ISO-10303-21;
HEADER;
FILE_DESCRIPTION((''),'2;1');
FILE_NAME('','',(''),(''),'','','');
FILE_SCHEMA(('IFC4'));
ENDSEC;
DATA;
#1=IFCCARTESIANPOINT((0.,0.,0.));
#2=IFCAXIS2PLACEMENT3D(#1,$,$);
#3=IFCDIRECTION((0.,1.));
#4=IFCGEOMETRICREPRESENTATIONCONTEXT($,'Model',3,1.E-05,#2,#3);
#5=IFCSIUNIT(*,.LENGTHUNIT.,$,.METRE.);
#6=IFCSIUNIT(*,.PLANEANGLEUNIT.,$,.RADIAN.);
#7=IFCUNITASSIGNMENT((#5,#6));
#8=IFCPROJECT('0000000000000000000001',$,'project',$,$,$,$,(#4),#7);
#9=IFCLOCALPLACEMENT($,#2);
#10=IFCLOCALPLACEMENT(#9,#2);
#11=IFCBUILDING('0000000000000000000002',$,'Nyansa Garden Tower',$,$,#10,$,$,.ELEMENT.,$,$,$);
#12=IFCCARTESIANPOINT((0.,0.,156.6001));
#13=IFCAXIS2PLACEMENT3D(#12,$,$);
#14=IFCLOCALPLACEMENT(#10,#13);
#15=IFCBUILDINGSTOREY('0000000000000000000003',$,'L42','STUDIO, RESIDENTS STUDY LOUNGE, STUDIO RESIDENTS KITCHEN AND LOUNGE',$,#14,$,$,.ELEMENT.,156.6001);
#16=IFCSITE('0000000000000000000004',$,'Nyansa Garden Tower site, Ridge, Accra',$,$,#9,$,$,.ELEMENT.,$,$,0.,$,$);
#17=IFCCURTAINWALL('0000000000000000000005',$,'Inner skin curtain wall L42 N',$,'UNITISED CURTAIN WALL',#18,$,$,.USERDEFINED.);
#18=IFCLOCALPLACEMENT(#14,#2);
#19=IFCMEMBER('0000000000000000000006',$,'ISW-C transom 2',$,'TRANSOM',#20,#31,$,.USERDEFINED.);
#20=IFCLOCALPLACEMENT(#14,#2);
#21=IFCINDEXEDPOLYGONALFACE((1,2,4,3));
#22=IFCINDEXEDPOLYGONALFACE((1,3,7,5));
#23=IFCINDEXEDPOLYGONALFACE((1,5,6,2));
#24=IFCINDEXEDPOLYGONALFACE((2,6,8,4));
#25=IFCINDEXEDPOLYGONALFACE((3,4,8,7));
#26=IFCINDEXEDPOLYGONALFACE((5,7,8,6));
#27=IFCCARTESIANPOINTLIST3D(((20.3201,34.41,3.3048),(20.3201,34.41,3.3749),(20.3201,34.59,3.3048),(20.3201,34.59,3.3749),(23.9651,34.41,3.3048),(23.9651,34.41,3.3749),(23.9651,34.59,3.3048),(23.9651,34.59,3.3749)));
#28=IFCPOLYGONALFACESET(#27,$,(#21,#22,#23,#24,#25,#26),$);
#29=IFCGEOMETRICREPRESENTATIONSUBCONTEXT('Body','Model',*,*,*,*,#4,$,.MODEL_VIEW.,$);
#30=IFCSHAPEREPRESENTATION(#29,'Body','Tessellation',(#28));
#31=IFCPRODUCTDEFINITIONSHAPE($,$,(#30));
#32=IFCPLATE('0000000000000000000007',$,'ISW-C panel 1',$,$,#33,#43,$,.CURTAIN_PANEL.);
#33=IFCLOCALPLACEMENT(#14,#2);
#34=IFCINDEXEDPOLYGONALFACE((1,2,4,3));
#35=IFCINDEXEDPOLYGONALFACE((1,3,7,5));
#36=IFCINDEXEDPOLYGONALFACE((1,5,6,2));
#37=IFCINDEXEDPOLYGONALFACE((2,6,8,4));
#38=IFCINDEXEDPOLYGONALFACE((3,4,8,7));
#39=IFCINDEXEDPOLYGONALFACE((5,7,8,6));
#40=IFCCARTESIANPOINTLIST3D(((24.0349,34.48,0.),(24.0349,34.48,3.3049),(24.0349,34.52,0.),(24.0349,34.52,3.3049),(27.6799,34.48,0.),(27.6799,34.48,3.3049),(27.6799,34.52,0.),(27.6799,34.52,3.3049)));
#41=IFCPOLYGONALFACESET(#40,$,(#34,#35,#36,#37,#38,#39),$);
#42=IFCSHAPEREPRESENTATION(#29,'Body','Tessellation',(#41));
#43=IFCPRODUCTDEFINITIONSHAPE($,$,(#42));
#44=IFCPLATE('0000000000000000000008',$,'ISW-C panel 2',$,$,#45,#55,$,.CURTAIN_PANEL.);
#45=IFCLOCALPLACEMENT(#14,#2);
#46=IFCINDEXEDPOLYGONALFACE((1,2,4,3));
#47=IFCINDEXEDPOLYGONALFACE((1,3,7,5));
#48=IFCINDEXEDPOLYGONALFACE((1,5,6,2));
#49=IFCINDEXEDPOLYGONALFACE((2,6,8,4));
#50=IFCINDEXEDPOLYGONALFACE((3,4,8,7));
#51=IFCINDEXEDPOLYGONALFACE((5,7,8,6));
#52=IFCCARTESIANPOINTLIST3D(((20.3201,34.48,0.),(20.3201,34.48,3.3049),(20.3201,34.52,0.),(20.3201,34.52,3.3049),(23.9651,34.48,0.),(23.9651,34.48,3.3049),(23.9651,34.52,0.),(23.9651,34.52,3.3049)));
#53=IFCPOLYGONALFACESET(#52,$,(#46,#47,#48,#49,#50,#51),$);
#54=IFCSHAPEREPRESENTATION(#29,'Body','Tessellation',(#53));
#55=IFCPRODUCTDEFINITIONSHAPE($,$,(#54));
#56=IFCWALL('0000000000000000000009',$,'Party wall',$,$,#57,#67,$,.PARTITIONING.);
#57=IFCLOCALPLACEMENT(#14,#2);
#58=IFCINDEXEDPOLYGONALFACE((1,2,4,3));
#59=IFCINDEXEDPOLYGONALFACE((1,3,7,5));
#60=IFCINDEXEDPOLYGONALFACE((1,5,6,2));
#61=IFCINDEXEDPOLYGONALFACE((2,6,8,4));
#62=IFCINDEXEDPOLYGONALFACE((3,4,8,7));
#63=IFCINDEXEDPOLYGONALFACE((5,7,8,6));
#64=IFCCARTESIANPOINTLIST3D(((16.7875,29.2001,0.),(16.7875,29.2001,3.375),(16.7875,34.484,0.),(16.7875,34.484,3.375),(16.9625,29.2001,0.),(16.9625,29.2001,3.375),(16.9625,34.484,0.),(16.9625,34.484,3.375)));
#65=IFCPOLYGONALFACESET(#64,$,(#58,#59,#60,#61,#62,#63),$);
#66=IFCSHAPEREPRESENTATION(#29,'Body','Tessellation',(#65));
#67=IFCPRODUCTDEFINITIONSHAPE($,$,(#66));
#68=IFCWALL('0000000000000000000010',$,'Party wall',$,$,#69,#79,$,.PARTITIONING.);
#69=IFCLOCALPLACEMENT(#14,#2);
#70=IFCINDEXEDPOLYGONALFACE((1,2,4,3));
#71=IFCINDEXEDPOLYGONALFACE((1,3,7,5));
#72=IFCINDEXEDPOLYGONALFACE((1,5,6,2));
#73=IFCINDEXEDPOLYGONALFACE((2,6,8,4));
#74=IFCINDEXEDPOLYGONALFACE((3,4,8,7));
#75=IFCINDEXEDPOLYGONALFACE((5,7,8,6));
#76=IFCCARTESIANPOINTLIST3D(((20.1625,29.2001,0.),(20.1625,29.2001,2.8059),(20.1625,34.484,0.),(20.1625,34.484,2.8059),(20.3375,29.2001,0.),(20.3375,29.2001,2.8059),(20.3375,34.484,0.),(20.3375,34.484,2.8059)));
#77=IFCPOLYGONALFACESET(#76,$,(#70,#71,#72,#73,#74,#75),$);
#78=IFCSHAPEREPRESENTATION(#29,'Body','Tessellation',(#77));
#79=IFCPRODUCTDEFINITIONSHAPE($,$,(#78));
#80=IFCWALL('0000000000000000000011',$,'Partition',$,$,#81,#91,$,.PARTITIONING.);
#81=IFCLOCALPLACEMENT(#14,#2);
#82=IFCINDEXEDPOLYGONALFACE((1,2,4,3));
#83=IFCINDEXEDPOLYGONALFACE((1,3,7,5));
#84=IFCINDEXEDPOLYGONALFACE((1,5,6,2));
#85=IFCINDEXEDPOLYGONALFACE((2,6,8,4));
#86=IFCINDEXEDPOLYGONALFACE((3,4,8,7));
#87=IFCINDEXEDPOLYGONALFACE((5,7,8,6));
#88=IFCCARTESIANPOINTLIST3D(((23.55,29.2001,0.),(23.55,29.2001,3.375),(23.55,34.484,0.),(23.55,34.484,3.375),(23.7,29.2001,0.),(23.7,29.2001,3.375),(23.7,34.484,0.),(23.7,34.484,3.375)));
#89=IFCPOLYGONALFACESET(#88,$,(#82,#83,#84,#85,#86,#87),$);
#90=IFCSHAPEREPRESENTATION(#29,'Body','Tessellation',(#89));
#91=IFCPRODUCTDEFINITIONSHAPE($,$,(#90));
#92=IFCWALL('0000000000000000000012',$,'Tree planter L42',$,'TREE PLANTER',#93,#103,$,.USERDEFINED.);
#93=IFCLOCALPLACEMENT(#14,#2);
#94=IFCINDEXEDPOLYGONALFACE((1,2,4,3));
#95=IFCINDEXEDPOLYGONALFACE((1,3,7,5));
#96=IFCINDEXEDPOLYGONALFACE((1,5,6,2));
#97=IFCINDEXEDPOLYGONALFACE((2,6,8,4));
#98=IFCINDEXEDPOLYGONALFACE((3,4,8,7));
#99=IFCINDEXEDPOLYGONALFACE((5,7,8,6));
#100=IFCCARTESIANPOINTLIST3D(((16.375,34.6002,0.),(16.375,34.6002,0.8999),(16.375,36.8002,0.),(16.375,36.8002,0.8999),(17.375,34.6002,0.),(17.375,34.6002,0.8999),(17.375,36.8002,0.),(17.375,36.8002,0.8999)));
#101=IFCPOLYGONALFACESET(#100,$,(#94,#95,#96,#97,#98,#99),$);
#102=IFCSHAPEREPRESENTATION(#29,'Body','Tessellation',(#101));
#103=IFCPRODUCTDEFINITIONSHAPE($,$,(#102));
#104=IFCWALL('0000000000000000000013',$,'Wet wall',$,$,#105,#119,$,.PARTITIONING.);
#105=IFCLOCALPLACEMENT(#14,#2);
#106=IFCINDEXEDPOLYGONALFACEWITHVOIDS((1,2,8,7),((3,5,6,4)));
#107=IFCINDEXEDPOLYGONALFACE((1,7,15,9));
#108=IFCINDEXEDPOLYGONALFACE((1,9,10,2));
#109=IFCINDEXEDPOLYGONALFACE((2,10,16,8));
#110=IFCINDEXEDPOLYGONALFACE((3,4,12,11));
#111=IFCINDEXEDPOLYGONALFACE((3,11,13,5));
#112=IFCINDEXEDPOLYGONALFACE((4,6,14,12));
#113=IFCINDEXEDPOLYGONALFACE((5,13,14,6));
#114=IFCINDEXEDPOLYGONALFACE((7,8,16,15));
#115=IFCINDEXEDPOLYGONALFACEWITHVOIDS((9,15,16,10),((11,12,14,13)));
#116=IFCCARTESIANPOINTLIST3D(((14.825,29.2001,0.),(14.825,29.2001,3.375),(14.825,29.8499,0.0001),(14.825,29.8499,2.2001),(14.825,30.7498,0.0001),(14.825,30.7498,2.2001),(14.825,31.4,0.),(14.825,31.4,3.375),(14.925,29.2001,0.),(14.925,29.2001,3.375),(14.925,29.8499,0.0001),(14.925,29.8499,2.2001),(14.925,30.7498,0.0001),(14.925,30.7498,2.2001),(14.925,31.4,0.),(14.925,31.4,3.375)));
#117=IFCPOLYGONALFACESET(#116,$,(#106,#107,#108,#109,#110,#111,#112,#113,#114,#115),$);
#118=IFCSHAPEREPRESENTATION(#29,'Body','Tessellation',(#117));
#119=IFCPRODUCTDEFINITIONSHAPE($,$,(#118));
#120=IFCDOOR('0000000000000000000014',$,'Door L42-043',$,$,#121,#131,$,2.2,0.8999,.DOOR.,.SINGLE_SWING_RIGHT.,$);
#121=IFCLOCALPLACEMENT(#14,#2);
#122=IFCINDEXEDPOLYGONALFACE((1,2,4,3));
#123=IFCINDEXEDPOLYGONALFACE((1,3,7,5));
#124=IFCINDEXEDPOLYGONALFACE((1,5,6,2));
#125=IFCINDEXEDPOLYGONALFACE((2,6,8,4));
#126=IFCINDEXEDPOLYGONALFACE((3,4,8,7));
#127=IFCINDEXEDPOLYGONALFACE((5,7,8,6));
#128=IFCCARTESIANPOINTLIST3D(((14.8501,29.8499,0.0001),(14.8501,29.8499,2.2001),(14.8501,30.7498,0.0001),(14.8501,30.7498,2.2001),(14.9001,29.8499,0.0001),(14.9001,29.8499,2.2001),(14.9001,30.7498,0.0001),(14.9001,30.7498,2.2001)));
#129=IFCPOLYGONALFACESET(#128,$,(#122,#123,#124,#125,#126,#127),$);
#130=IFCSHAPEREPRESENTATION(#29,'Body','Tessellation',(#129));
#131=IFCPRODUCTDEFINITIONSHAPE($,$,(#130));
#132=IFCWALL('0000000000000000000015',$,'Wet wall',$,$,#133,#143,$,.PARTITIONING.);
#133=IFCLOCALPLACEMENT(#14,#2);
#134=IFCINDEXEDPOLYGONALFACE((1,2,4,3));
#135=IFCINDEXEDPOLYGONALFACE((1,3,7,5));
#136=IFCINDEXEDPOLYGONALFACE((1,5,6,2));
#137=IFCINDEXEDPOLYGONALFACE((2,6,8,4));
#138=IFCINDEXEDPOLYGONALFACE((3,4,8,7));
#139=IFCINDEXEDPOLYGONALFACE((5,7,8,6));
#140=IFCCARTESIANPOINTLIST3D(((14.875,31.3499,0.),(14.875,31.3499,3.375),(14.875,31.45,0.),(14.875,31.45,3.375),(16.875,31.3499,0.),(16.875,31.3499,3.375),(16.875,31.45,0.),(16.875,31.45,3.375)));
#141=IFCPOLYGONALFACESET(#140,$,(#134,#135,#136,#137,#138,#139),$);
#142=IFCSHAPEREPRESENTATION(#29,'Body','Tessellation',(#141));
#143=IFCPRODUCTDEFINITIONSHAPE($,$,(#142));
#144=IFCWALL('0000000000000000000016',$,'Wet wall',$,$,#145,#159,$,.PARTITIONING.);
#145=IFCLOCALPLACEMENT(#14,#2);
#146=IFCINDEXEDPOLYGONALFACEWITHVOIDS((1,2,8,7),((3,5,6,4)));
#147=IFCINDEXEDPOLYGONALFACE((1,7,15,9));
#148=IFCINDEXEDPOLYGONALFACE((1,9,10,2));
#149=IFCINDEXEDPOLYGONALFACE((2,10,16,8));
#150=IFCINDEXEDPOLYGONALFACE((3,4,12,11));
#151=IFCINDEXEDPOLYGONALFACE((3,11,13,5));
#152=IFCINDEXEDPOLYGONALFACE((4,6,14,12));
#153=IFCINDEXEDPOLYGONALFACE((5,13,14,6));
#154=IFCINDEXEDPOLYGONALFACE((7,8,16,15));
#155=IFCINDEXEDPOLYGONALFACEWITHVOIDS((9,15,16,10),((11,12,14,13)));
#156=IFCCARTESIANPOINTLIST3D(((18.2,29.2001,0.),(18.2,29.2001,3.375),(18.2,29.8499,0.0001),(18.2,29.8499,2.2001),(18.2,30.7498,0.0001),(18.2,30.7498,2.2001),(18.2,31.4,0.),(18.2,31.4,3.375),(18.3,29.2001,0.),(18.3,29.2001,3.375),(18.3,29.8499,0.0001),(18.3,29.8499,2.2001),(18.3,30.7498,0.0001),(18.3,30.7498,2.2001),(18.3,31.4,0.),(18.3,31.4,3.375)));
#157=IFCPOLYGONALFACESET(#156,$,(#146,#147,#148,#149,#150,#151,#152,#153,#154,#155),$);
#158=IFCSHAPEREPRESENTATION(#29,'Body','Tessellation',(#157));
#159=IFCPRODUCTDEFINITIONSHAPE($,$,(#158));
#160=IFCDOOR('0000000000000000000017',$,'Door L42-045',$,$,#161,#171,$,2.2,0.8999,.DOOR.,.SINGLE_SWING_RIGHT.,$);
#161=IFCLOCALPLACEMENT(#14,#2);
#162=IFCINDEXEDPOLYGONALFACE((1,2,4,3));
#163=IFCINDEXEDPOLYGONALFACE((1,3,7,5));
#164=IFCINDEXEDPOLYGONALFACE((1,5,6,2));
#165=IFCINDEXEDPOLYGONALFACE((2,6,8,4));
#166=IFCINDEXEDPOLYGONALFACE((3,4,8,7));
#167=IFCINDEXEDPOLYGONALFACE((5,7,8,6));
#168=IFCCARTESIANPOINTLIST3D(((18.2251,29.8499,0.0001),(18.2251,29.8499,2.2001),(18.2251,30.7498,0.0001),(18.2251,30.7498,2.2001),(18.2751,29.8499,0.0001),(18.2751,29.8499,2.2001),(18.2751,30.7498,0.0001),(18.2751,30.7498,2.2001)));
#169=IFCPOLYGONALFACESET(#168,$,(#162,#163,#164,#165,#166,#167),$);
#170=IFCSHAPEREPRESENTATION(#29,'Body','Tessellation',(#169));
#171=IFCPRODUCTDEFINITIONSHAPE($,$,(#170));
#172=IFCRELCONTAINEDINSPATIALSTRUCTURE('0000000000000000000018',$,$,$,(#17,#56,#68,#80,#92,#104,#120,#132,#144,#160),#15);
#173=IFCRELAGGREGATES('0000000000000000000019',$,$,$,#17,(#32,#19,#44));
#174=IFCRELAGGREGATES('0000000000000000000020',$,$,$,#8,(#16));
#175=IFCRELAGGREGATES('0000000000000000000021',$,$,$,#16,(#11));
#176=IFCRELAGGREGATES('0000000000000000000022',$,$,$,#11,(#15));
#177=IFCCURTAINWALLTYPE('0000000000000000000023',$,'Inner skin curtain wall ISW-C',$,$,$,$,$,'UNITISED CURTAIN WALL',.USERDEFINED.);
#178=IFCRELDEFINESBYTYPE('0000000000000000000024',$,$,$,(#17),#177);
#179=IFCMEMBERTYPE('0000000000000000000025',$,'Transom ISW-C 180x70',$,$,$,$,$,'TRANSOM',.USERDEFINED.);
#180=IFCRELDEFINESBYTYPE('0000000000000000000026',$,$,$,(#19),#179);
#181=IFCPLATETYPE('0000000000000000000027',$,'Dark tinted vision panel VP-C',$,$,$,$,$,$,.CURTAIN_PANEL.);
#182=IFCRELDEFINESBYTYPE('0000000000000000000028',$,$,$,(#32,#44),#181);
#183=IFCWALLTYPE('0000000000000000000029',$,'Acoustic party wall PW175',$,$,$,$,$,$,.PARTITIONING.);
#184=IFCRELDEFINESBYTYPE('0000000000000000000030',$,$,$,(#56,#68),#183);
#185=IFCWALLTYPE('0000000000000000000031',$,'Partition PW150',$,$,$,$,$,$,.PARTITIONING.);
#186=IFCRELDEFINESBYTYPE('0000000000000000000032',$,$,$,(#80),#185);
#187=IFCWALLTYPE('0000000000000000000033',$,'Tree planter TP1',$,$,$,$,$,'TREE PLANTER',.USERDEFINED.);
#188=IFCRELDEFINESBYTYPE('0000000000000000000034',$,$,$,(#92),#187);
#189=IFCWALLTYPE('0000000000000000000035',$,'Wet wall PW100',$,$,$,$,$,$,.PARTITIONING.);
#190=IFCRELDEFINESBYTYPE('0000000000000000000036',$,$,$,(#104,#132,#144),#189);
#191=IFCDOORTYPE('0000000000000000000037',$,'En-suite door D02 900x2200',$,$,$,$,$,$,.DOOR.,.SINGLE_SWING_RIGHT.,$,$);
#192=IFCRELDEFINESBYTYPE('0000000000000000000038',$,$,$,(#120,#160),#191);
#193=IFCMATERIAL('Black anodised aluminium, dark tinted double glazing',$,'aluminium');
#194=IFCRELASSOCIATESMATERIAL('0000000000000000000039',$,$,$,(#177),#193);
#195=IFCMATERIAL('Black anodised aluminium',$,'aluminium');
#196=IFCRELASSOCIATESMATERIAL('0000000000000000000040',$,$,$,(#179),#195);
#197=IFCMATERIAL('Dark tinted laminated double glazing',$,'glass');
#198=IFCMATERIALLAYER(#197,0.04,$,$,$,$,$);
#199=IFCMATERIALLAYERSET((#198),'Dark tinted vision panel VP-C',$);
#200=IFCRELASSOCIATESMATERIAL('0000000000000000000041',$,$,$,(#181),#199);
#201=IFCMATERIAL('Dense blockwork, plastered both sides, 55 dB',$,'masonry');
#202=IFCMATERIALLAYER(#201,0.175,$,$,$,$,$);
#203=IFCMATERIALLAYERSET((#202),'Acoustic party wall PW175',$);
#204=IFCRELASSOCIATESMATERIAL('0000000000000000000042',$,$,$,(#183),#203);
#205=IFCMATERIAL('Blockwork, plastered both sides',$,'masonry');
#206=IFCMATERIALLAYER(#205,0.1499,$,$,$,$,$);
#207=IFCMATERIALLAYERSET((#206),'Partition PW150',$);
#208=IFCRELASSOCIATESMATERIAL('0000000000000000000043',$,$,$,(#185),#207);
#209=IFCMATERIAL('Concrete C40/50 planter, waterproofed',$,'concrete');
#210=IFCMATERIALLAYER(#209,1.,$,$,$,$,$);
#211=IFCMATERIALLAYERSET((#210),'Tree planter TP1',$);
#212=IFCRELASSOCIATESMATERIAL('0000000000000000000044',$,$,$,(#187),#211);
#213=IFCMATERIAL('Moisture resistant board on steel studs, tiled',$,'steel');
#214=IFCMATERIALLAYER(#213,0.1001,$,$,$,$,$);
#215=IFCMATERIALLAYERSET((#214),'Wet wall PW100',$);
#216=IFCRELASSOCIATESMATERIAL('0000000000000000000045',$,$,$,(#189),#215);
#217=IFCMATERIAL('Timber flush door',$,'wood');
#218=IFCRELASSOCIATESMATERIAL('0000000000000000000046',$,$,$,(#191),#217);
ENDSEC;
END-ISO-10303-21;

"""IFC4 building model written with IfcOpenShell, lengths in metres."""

from ifc_helpers import new_model, si_unit, direction, frame, frame_2d, origin, origin_2d, place, context, subcontext, project, spatial, rectangle, extrude, material, layer, layer_set, material_profile, profile_set, type_object, element, fill, aggregate, save


model = new_model("IFC4")

# Units and contexts
model_context = context("Model", 3, precision=1e-05, world=origin(), true_north=direction((0.0, 1.0)))
body_context = subcontext(model_context, "Body", "Model", "MODEL_VIEW")
ifc_project = project(units=[si_unit("LENGTHUNIT", "METRE"), si_unit("PLANEANGLEUNIT", "RADIAN")], contexts=[model_context])

# Site, building, storey
site_placement = place(None, origin())
site = spatial("IfcSite", under=ifc_project, at=site_placement, Name="Nyansa Garden Tower site, Ridge, Accra", CompositionType="ELEMENT", RefElevation=0.0)
building_placement = place(site_placement, origin())
building = spatial("IfcBuilding", under=site, at=building_placement, Name="Nyansa Garden Tower", CompositionType="ELEMENT")
storey_placement = place(building_placement, frame((0.0, 0.0, 156.6001)))
storey = spatial("IfcBuildingStorey", under=building, at=storey_placement, Name="L42", Description="STUDIO, RESIDENTS STUDY LOUNGE, STUDIO RESIDENTS KITCHEN AND LOUNGE", CompositionType="ELEMENT", Elevation=156.6001)

# Curtain wall
ifc_material_1 = material(Name="Black anodised aluminium, dark tinted double glazing", Category="aluminium")
curtain_wall_type = type_object("IfcCurtainWallType", Name="Inner skin curtain wall ISW-C", ElementType="UNITISED CURTAIN WALL", PredefinedType="USERDEFINED", material=ifc_material_1)
curtain_wall_placement = place(storey_placement, origin())
curtain_wall = element("IfcCurtainWall", 1, at=curtain_wall_placement, inside=storey, type_object=curtain_wall_type, Name="Inner skin curtain wall L42 N", ObjectType="UNITISED CURTAIN WALL", PredefinedType="USERDEFINED")

# Member
ifc_material_2 = material(Name="Black anodised aluminium", Category="aluminium")
ifc_material_profile_1 = material_profile(ifc_material_2, rectangle(XDim=0.1799, YDim=0.0701, at=origin_2d()), Name="Transom 180x70")
ifc_profile_set_1 = profile_set([ifc_material_profile_1], Name="Black anodised aluminium")
member_type_1 = type_object("IfcMemberType", Name="Transom ISW-C 180x70", ElementType="TRANSOM", PredefinedType="USERDEFINED", material=ifc_profile_set_1)
member_1_placement = place(storey_placement, frame((23.9651, 34.5, 3.3398), z_axis=(-1.0, 0.0, 0.0), x_axis=(0.0, -1.0, 0.0)))
member_1 = element("IfcMember", 2, at=member_1_placement, type_object=member_type_1, Name="ISW-C transom 2", ObjectType="TRANSOM", PredefinedType="USERDEFINED", context=body_context, shape_type="SweptSolid", body=[
    extrude(rectangle(XDim=0.1799, YDim=0.0701, at=origin_2d()), origin(), (0.0, 0.0, 1.0), 3.645),
])

# Plates
ifc_material_3 = material(Name="Dark tinted laminated double glazing", Category="glass")
ifc_layer_1 = layer(ifc_material_3, 0.04)
ifc_layer_set_1 = layer_set([ifc_layer_1], Name="Dark tinted vision panel VP-C")
plate_type = type_object("IfcPlateType", Name="Dark tinted vision panel VP-C", PredefinedType="CURTAIN_PANEL", material=ifc_layer_set_1)
plate_1_placement = place(storey_placement, frame((25.8574, 34.5, 0.0), z_axis=(0.0, 0.0, 1.0), x_axis=(-1.0, 0.0, 0.0)))
plate_1 = element("IfcPlate", 3, at=plate_1_placement, type_object=plate_type, Name="ISW-C panel 1", PredefinedType="CURTAIN_PANEL", context=body_context, shape_type="SweptSolid", body=[
    extrude(rectangle(XDim=3.645, YDim=0.04, at=origin_2d()), origin(), (0.0, 0.0, 1.0), 3.3049),
])
plate_2_placement = place(storey_placement, frame((22.1426, 34.5, 0.0), z_axis=(0.0, 0.0, 1.0), x_axis=(-1.0, 0.0, 0.0)))
plate_2 = element("IfcPlate", 4, at=plate_2_placement, type_object=plate_type, Name="ISW-C panel 2", PredefinedType="CURTAIN_PANEL", context=body_context, shape_type="SweptSolid", body=[
    extrude(rectangle(XDim=3.645, YDim=0.04, at=origin_2d()), origin(), (0.0, 0.0, 1.0), 3.3049),
])
aggregate(curtain_wall, [plate_1, member_1, plate_2])

# Walls
ifc_material_4 = material(Name="Dense blockwork, plastered both sides, 55 dB", Category="masonry")
ifc_layer_2 = layer(ifc_material_4, 0.175)
ifc_layer_set_2 = layer_set([ifc_layer_2], Name="Acoustic party wall PW175")
wall_type_1 = type_object("IfcWallType", Name="Acoustic party wall PW175", PredefinedType="PARTITIONING", material=ifc_layer_set_2)
wall_1_placement = place(storey_placement, frame((16.875, 29.2, 0.0), z_axis=(0.0, 0.0, 1.0), x_axis=(0.0, 1.0, 0.0)))
element("IfcWall", 5, at=wall_1_placement, inside=storey, type_object=wall_type_1, Name="Party wall", PredefinedType="PARTITIONING", context=body_context, shape_type="SweptSolid", body=[
    extrude(rectangle(XDim=5.2839, YDim=0.175, at=frame_2d((2.6421, 0.0))), origin(), (0.0, 0.0, 1.0), 3.375),
])
wall_2_placement = place(storey_placement, frame((20.25, 29.2, 0.0), z_axis=(0.0, 0.0, 1.0), x_axis=(0.0, 1.0, 0.0)))
element("IfcWall", 6, at=wall_2_placement, inside=storey, type_object=wall_type_1, Name="Party wall", PredefinedType="PARTITIONING", context=body_context, shape_type="SweptSolid", body=[
    extrude(rectangle(XDim=5.2839, YDim=0.175, at=frame_2d((2.6421, 0.0))), origin(), (0.0, 0.0, 1.0), 2.8059),
])
ifc_material_5 = material(Name="Blockwork, plastered both sides", Category="masonry")
ifc_layer_3 = layer(ifc_material_5, 0.1499)
ifc_layer_set_3 = layer_set([ifc_layer_3], Name="Partition PW150")
wall_type_2 = type_object("IfcWallType", Name="Partition PW150", PredefinedType="PARTITIONING", material=ifc_layer_set_3)
wall_3_placement = place(storey_placement, frame((23.625, 29.2, 0.0), z_axis=(0.0, 0.0, 1.0), x_axis=(0.0, 1.0, 0.0)))
element("IfcWall", 7, at=wall_3_placement, inside=storey, type_object=wall_type_2, Name="Partition", PredefinedType="PARTITIONING", context=body_context, shape_type="SweptSolid", body=[
    extrude(rectangle(XDim=5.2839, YDim=0.1499, at=frame_2d((2.6421, 0.0))), origin(), (0.0, 0.0, 1.0), 3.375),
])
ifc_material_6 = material(Name="Concrete C40/50 planter, waterproofed", Category="concrete")
ifc_layer_4 = layer(ifc_material_6, 1.0)
ifc_layer_set_4 = layer_set([ifc_layer_4], Name="Tree planter TP1")
wall_type_3 = type_object("IfcWallType", Name="Tree planter TP1", ElementType="TREE PLANTER", PredefinedType="USERDEFINED", material=ifc_layer_set_4)
wall_4_placement = place(storey_placement, frame((16.875, 34.6001, 0.0), z_axis=(0.0, 0.0, 1.0), x_axis=(0.0, 1.0, 0.0)))
element("IfcWall", 8, at=wall_4_placement, inside=storey, type_object=wall_type_3, Name="Tree planter L42", ObjectType="TREE PLANTER", PredefinedType="USERDEFINED", context=body_context, shape_type="SweptSolid", body=[
    extrude(rectangle(XDim=2.2, YDim=1.0, at=frame_2d((1.1001, 0.0))), origin(), (0.0, 0.0, 1.0), 0.8999),
])

# Wall, opening, door
ifc_material_7 = material(Name="Moisture resistant board on steel studs, tiled", Category="steel")
ifc_layer_5 = layer(ifc_material_7, 0.1001)
ifc_layer_set_5 = layer_set([ifc_layer_5], Name="Wet wall PW100")
wall_type_4 = type_object("IfcWallType", Name="Wet wall PW100", PredefinedType="PARTITIONING", material=ifc_layer_set_5)
wall_5_placement = place(storey_placement, frame((14.875, 29.2, 0.0), z_axis=(0.0, 0.0, 1.0), x_axis=(0.0, 1.0, 0.0)))
wall_5 = element("IfcWall", 9, at=wall_5_placement, inside=storey, type_object=wall_type_4, Name="Wet wall", PredefinedType="PARTITIONING", context=body_context, shape_type="SweptSolid", body=[
    extrude(rectangle(XDim=2.2, YDim=0.1001, at=frame_2d((1.1001, 0.0))), origin(), (0.0, 0.0, 1.0), 3.375),
])
opening_1_placement = place(wall_5_placement, frame((0.6499, 0.0, 0.0)))
opening_1 = element("IfcOpeningElement", 10, at=opening_1_placement, cuts=wall_5, PredefinedType="OPENING", context=body_context, shape_type="SweptSolid", body=[
    extrude(rectangle(XDim=0.8999, YDim=2.2, at=frame_2d((0.45, 1.1001))), frame((0.0, 0.0601, 0.0), z_axis=(0.0, -1.0, 0.0), x_axis=(1.0, 0.0, 0.0)), (0.0, 0.0, 1.0), 0.1201),
])
ifc_material_8 = material(Name="Timber flush door", Category="wood")
door_type = type_object("IfcDoorType", Name="En-suite door D02 900x2200", OperationType="SINGLE_SWING_RIGHT", PredefinedType="DOOR", material=ifc_material_8)
door_1_placement = place(opening_1_placement, origin())
door_1 = element("IfcDoor", 11, at=door_1_placement, inside=storey, type_object=door_type, Name="Door L42-043", OperationType="SINGLE_SWING_RIGHT", OverallHeight=2.2, OverallWidth=0.8999, PredefinedType="DOOR", context=body_context, shape_type="SweptSolid", body=[
    extrude(rectangle(XDim=0.8999, YDim=2.2, at=frame_2d((0.45, 1.1001))), frame((0.0, 0.0249, 0.0), z_axis=(0.0, -1.0, 0.0), x_axis=(1.0, 0.0, 0.0)), (0.0, 0.0, 1.0), 0.05),
])
fill(opening_1, door_1)

# Wall
wall_6_placement = place(storey_placement, frame((14.875, 31.3999, 0.0), z_axis=(0.0, 0.0, 1.0), x_axis=(1.0, 0.0, 0.0)))
element("IfcWall", 12, at=wall_6_placement, inside=storey, type_object=wall_type_4, Name="Wet wall", PredefinedType="PARTITIONING", context=body_context, shape_type="SweptSolid", body=[
    extrude(rectangle(XDim=2.0, YDim=0.1001, at=frame_2d((1.0, 0.0))), origin(), (0.0, 0.0, 1.0), 3.375),
])

# Wall, opening, door
wall_7_placement = place(storey_placement, frame((18.25, 29.2, 0.0), z_axis=(0.0, 0.0, 1.0), x_axis=(0.0, 1.0, 0.0)))
wall_7 = element("IfcWall", 13, at=wall_7_placement, inside=storey, type_object=wall_type_4, Name="Wet wall", PredefinedType="PARTITIONING", context=body_context, shape_type="SweptSolid", body=[
    extrude(rectangle(XDim=2.2, YDim=0.1001, at=frame_2d((1.1001, 0.0))), origin(), (0.0, 0.0, 1.0), 3.375),
])
opening_2_placement = place(wall_7_placement, frame((0.6499, 0.0, 0.0)))
opening_2 = element("IfcOpeningElement", 14, at=opening_2_placement, cuts=wall_7, PredefinedType="OPENING", context=body_context, shape_type="SweptSolid", body=[
    extrude(rectangle(XDim=0.8999, YDim=2.2, at=frame_2d((0.45, 1.1001))), frame((0.0, 0.0601, 0.0), z_axis=(0.0, -1.0, 0.0), x_axis=(1.0, 0.0, 0.0)), (0.0, 0.0, 1.0), 0.1201),
])
door_2_placement = place(opening_2_placement, origin())
door_2 = element("IfcDoor", 15, at=door_2_placement, inside=storey, type_object=door_type, Name="Door L42-045", OperationType="SINGLE_SWING_RIGHT", OverallHeight=2.2, OverallWidth=0.8999, PredefinedType="DOOR", context=body_context, shape_type="SweptSolid", body=[
    extrude(rectangle(XDim=0.8999, YDim=2.2, at=frame_2d((0.45, 1.1001))), frame((0.0, 0.0249, 0.0), z_axis=(0.0, -1.0, 0.0), x_axis=(1.0, 0.0, 0.0)), (0.0, 0.0, 1.0), 0.05),
])
fill(opening_2, door_2)

save(model, "model.ifc")
